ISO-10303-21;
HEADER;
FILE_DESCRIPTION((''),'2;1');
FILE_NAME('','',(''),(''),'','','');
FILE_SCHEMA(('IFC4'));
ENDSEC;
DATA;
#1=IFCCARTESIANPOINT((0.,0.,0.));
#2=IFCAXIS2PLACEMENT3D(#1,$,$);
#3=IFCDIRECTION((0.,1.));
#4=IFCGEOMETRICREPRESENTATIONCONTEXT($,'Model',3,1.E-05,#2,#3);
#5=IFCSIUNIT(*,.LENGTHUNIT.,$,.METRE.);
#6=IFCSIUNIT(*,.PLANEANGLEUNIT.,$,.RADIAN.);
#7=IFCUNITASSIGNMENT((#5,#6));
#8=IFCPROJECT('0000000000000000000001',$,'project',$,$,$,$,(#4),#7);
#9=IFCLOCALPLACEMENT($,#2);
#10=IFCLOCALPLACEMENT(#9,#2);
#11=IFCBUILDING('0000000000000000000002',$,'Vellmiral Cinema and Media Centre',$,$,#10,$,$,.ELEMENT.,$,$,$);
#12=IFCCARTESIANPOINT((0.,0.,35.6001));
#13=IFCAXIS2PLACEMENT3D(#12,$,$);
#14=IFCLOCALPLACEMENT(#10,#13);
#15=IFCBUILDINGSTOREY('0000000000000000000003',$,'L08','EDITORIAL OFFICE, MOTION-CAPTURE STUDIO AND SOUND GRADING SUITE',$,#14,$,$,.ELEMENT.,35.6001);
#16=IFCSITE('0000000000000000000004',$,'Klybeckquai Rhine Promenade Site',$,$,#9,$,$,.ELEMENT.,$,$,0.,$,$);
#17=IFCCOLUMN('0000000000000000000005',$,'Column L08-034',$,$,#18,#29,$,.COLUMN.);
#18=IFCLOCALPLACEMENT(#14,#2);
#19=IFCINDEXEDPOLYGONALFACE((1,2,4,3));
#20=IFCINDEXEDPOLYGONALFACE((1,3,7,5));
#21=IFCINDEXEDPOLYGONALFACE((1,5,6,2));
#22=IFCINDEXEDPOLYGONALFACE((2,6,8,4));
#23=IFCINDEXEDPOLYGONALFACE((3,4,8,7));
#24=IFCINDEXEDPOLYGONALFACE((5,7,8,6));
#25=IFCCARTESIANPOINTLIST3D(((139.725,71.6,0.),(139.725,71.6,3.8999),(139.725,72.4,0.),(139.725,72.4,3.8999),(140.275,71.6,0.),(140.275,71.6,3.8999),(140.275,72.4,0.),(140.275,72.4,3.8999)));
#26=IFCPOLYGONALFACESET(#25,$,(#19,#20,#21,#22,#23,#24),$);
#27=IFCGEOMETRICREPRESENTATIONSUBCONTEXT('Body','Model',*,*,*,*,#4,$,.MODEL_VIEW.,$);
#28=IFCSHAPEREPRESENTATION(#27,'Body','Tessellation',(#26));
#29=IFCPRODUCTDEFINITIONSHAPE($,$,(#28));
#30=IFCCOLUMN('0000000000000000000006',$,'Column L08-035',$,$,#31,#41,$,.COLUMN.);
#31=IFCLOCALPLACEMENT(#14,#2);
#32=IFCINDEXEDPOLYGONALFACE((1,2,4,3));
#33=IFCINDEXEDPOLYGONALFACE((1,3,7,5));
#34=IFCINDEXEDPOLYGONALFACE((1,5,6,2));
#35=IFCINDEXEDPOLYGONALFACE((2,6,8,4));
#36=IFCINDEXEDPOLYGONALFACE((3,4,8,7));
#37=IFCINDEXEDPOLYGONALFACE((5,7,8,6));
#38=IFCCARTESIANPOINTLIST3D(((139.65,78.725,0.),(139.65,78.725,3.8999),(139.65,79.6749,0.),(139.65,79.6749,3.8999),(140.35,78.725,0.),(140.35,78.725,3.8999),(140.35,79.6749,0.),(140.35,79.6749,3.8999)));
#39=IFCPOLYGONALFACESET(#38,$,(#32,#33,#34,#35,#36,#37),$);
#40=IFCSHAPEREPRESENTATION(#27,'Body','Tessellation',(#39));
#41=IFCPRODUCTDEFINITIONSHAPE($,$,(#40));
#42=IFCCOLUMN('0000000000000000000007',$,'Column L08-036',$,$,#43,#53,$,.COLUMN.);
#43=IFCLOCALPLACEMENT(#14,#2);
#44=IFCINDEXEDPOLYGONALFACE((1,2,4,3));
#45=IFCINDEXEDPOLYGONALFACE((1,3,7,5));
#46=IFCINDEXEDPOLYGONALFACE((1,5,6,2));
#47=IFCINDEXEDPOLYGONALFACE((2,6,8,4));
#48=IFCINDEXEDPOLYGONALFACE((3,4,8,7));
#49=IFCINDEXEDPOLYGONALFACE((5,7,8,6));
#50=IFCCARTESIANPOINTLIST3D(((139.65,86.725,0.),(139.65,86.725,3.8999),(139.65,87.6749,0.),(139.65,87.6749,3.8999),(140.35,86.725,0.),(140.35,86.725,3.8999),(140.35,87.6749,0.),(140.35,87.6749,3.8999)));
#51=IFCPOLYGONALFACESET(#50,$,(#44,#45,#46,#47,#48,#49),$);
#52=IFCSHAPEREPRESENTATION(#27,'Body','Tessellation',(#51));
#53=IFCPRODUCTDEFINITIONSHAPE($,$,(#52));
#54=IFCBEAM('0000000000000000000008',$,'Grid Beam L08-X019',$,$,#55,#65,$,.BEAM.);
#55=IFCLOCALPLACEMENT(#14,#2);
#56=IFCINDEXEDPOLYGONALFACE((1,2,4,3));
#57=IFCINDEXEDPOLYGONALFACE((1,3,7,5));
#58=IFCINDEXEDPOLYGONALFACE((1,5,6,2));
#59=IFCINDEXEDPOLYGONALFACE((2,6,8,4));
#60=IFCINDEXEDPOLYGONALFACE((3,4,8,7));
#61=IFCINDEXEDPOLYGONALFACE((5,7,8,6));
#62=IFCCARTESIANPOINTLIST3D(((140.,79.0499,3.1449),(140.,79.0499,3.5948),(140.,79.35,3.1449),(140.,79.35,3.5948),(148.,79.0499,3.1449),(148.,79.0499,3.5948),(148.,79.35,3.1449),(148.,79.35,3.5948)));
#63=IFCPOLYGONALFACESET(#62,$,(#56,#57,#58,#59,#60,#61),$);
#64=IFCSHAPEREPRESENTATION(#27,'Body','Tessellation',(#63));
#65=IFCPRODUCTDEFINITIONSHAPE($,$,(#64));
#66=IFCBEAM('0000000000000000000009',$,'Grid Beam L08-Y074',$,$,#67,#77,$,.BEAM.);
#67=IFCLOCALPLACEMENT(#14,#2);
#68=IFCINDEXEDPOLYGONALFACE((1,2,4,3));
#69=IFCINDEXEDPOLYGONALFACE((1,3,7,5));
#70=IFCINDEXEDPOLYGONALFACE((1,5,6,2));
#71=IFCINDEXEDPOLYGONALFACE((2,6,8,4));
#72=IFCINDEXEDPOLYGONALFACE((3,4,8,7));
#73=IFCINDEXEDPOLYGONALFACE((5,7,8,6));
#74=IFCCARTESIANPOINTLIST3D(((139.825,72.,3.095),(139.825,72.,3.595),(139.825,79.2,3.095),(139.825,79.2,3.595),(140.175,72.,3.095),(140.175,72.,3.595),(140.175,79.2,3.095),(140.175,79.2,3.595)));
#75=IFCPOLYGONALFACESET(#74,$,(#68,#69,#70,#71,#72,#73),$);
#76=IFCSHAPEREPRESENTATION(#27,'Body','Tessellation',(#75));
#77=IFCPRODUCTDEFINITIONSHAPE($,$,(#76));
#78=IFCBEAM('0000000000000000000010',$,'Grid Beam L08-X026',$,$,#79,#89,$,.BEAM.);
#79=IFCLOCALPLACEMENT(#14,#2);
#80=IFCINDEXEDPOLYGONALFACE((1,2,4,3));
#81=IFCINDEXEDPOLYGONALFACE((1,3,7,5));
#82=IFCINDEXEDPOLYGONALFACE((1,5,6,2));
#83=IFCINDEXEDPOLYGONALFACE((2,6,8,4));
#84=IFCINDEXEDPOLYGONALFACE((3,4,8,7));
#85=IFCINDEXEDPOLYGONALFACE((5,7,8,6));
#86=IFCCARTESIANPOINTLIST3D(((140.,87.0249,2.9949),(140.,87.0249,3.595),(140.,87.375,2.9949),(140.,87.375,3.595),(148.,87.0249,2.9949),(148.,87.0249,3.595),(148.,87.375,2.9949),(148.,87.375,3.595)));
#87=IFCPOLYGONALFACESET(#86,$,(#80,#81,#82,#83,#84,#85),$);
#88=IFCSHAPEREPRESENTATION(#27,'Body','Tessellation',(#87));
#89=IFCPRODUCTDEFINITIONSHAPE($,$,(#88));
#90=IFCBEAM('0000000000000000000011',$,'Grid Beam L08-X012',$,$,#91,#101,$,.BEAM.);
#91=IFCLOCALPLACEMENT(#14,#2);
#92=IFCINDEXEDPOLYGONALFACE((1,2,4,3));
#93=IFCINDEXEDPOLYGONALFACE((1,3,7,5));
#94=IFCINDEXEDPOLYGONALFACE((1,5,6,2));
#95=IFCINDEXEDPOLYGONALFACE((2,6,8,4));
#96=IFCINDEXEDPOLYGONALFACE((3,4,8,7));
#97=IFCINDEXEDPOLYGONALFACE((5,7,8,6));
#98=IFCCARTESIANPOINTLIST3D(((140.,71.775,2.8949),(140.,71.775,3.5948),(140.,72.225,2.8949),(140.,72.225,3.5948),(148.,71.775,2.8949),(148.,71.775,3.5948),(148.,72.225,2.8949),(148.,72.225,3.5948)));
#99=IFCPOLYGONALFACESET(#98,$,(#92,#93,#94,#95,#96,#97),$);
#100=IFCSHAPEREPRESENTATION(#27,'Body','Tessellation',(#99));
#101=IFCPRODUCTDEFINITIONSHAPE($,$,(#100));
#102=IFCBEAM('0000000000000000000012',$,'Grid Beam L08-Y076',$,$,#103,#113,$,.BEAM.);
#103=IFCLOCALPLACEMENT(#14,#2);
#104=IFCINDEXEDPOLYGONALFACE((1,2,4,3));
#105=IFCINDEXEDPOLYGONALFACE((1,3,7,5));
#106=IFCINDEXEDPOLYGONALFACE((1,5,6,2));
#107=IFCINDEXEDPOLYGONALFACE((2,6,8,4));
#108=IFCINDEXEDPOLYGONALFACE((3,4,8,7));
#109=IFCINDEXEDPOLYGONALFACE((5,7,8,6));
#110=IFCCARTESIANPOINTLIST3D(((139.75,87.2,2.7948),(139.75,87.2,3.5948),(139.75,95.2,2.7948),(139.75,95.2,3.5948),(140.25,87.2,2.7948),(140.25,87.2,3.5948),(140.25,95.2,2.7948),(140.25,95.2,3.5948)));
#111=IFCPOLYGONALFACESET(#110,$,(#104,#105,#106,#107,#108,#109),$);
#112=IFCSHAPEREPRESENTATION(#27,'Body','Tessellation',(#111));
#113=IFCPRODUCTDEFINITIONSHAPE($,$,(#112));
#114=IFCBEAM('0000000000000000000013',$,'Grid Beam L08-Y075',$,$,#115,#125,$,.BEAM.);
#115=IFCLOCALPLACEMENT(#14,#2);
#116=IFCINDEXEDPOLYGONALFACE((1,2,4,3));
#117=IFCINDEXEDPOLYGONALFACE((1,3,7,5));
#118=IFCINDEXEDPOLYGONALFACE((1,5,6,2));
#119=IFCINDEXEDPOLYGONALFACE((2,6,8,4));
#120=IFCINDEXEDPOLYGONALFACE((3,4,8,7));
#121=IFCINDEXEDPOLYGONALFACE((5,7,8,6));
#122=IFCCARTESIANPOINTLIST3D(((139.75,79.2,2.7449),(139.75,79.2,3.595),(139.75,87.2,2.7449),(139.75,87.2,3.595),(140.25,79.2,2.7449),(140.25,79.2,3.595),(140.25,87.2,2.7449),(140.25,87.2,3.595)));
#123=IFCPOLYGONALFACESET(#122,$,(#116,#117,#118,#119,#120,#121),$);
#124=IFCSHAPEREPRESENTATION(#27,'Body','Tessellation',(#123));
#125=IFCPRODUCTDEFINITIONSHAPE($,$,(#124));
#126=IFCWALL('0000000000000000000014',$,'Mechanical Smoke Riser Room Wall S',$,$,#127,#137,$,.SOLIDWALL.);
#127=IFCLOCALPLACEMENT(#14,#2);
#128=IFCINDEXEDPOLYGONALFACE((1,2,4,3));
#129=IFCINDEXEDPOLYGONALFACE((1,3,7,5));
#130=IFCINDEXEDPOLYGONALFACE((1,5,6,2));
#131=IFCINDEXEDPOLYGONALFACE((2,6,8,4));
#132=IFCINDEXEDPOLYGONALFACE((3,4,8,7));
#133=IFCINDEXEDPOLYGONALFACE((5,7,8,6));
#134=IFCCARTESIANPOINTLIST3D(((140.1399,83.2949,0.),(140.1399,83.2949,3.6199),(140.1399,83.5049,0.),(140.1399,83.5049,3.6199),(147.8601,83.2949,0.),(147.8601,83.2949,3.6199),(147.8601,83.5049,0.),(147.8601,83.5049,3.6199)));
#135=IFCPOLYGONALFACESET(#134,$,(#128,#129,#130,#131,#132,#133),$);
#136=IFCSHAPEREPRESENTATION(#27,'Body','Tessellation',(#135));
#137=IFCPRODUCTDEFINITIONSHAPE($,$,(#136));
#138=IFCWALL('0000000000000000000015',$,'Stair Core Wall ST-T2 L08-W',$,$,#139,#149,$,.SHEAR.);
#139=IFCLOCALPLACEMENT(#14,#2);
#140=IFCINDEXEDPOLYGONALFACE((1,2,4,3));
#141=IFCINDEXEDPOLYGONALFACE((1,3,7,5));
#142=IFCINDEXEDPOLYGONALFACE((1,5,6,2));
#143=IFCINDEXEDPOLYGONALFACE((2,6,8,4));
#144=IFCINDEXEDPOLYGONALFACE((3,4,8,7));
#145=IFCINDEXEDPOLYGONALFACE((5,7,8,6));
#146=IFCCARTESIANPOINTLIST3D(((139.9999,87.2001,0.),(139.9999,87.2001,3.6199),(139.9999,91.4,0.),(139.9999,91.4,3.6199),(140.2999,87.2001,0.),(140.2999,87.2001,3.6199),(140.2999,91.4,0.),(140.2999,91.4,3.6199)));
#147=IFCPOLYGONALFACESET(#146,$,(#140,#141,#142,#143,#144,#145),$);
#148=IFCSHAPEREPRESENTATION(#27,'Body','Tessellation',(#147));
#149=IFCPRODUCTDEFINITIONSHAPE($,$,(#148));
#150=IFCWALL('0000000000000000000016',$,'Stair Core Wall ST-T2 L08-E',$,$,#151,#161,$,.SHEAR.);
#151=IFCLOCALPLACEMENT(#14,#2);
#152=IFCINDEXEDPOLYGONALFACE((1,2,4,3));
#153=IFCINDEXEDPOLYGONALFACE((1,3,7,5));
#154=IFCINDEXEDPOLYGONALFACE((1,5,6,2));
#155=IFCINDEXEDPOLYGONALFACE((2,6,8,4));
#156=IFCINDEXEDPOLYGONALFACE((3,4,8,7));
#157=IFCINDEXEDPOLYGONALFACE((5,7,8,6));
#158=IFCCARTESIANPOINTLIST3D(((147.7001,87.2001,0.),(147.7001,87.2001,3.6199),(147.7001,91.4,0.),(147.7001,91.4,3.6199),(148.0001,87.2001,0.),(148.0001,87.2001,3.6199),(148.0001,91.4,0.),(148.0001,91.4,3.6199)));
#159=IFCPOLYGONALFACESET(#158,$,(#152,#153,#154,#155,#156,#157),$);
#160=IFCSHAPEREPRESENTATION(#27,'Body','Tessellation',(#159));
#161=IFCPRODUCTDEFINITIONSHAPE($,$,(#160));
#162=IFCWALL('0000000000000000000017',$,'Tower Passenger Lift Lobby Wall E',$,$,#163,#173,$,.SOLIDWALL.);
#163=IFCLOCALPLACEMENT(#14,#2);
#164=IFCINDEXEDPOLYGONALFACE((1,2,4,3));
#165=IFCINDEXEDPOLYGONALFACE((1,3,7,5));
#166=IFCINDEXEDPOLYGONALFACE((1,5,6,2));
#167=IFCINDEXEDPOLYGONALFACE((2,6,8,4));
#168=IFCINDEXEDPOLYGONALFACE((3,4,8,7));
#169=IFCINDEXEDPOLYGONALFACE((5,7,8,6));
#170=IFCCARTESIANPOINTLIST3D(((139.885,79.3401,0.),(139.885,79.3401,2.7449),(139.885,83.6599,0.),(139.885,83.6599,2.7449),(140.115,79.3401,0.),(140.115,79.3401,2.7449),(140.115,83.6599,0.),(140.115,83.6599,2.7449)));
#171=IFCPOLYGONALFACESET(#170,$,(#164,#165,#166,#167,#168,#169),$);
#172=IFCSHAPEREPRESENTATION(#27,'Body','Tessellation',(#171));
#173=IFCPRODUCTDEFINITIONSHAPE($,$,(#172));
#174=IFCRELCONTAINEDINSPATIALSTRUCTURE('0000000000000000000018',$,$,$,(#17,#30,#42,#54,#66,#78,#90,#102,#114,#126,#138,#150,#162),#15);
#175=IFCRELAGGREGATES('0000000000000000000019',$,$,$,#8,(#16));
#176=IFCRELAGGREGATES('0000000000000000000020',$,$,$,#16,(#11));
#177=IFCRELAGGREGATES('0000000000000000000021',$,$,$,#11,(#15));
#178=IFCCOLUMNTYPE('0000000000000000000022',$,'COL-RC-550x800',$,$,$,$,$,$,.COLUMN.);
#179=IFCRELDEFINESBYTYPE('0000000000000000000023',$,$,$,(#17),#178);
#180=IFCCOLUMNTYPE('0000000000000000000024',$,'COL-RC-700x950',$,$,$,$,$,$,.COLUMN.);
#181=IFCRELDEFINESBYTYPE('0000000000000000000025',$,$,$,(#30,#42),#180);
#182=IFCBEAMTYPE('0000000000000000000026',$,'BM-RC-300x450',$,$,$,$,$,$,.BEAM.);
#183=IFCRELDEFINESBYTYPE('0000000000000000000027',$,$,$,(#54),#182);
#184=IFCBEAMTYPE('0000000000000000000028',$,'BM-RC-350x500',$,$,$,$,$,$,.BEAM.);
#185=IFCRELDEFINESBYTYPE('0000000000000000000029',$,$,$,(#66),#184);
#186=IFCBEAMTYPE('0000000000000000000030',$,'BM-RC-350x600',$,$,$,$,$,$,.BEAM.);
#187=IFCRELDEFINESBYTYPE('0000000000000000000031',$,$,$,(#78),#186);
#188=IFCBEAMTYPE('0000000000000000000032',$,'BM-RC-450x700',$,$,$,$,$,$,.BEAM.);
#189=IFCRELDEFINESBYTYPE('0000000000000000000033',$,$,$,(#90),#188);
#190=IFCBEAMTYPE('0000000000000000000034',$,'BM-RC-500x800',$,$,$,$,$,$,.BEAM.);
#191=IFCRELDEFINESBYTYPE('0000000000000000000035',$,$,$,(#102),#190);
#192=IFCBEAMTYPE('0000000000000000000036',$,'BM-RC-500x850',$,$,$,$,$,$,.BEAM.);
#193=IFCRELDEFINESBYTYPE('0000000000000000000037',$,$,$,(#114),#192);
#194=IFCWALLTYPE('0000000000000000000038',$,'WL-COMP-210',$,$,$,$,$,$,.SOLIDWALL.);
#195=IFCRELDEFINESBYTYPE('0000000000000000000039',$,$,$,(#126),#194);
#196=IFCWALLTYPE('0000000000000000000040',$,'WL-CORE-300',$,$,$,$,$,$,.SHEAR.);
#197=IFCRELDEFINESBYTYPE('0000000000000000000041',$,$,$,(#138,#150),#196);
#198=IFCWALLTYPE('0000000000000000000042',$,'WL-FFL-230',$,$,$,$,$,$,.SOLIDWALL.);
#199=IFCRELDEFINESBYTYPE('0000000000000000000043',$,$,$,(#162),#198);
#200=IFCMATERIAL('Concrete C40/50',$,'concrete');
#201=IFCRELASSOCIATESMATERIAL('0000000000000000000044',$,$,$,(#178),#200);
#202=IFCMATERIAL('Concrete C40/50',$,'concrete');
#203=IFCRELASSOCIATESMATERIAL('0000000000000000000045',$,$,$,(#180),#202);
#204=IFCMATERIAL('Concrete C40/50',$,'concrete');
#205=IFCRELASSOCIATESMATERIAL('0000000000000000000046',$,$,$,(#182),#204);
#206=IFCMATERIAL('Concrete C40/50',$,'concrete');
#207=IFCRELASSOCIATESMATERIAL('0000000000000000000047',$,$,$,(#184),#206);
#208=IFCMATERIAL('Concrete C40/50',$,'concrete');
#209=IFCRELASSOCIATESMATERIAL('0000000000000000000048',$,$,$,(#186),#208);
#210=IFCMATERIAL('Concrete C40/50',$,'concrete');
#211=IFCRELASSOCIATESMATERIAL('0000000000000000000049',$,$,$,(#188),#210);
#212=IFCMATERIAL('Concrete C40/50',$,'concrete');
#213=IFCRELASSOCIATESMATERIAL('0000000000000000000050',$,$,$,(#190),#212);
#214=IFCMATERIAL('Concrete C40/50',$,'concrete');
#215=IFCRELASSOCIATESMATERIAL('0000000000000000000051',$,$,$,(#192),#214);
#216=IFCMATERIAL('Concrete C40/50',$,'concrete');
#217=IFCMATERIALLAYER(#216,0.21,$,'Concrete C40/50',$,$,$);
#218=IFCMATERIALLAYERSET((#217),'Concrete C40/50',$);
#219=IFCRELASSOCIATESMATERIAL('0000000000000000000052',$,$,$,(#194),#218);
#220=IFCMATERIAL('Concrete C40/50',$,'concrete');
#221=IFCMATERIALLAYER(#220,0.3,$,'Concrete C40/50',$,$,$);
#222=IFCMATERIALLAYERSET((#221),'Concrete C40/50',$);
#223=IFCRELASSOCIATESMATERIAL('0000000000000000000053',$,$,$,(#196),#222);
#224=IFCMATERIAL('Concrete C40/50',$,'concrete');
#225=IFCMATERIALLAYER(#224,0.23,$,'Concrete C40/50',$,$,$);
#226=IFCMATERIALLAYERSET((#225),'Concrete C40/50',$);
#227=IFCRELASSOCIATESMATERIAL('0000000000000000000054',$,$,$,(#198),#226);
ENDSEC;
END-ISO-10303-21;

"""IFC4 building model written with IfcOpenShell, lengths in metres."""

from ifc_helpers import new_model, si_unit, direction, frame, frame_2d, origin, origin_2d, place, context, subcontext, project, spatial, rectangle, extrude, material, layer, layer_set, material_profile, profile_set, type_object, element, save


model = new_model("IFC4")

# Units and contexts
model_context = context("Model", 3, precision=1e-05, world=origin(), true_north=direction((0.0, 1.0)))
body_context = subcontext(model_context, "Body", "Model", "MODEL_VIEW")
ifc_project = project(units=[si_unit("LENGTHUNIT", "METRE"), si_unit("PLANEANGLEUNIT", "RADIAN")], contexts=[model_context])

# Site, building, storey
site_placement = place(None, origin())
site = spatial("IfcSite", under=ifc_project, at=site_placement, Name="Klybeckquai Rhine Promenade Site", CompositionType="ELEMENT", RefElevation=0.0)
building_placement = place(site_placement, origin())
building = spatial("IfcBuilding", under=site, at=building_placement, Name="Vellmiral Cinema and Media Centre", CompositionType="ELEMENT")
storey_placement = place(building_placement, frame((0.0, 0.0, 35.6001)))
storey = spatial("IfcBuildingStorey", under=building, at=storey_placement, Name="L08", Description="EDITORIAL OFFICE, MOTION-CAPTURE STUDIO AND SOUND GRADING SUITE", CompositionType="ELEMENT", Elevation=35.6001)

# Columns
ifc_material_1 = material(Name="Concrete C40/50", Category="concrete")
ifc_material_profile_1 = material_profile(ifc_material_1, rectangle(XDim=0.55, YDim=0.8, at=origin_2d()), Name="RC 550x800")
ifc_profile_set_1 = profile_set([ifc_material_profile_1], Name="Concrete C40/50")
column_type_1 = type_object("IfcColumnType", Name="COL-RC-550x800", PredefinedType="COLUMN", material=ifc_profile_set_1)
column_placement = place(storey_placement, frame((140.0, 72.0, 0.0), z_axis=(0.0, 0.0, 1.0), x_axis=(1.0, 0.0, 0.0)))
element("IfcColumn", 1, at=column_placement, inside=storey, type_object=column_type_1, Name="Column L08-034", PredefinedType="COLUMN", context=body_context, shape_type="SweptSolid", body=[
    extrude(rectangle(XDim=0.55, YDim=0.8, at=origin_2d()), origin(), (0.0, 0.0, 1.0), 3.8999),
])
ifc_material_2 = material(Name="Concrete C40/50", Category="concrete")
ifc_material_profile_2 = material_profile(ifc_material_2, rectangle(XDim=0.7, YDim=0.95, at=origin_2d()), Name="RC 700x950")
ifc_profile_set_2 = profile_set([ifc_material_profile_2], Name="Concrete C40/50")
column_type_2 = type_object("IfcColumnType", Name="COL-RC-700x950", PredefinedType="COLUMN", material=ifc_profile_set_2)
for number, where, z_axis, x_axis, name in (
    (2, (140.0, 79.2, 0.0), (0.0, 0.0, 1.0), (1.0, 0.0, 0.0), "Column L08-035"),
    (3, (140.0, 87.2, 0.0), (0.0, 0.0, 1.0), (1.0, 0.0, 0.0), "Column L08-036"),
):
    element("IfcColumn", number, at=place(storey_placement, frame(where, z_axis=z_axis, x_axis=x_axis)), inside=storey, type_object=column_type_2, Name=name, PredefinedType="COLUMN", context=body_context, shape_type="SweptSolid", body=[
        extrude(rectangle(XDim=0.7, YDim=0.95, at=origin_2d()), origin(), (0.0, 0.0, 1.0), 3.8999),
    ])

# Beams
ifc_material_3 = material(Name="Concrete C40/50", Category="concrete")
ifc_material_profile_3 = material_profile(ifc_material_3, rectangle(XDim=0.3, YDim=0.45, at=origin_2d()), Name="RC 300x450")
ifc_profile_set_3 = profile_set([ifc_material_profile_3], Name="Concrete C40/50")
beam_type_1 = type_object("IfcBeamType", Name="BM-RC-300x450", PredefinedType="BEAM", material=ifc_profile_set_3)
beam_1_placement = place(storey_placement, frame((140.0, 79.2, 3.3699), z_axis=(1.0, 0.0, 0.0), x_axis=(0.0, 1.0, 0.0)))
element("IfcBeam", 4, at=beam_1_placement, inside=storey, type_object=beam_type_1, Name="Grid Beam L08-X019", PredefinedType="BEAM", context=body_context, shape_type="SweptSolid", body=[
    extrude(rectangle(XDim=0.3, YDim=0.45, at=origin_2d()), origin(), (0.0, 0.0, 1.0), 8.0),
])
ifc_material_4 = material(Name="Concrete C40/50", Category="concrete")
ifc_material_profile_4 = material_profile(ifc_material_4, rectangle(XDim=0.3501, YDim=0.5, at=origin_2d()), Name="RC 350x500")
ifc_profile_set_4 = profile_set([ifc_material_profile_4], Name="Concrete C40/50")
beam_type_2 = type_object("IfcBeamType", Name="BM-RC-350x500", PredefinedType="BEAM", material=ifc_profile_set_4)
beam_2_placement = place(storey_placement, frame((140.0, 72.0, 3.345), z_axis=(0.0, 1.0, 0.0), x_axis=(-1.0, 0.0, 0.0)))
element("IfcBeam", 5, at=beam_2_placement, inside=storey, type_object=beam_type_2, Name="Grid Beam L08-Y074", PredefinedType="BEAM", context=body_context, shape_type="SweptSolid", body=[
    extrude(rectangle(XDim=0.3501, YDim=0.5, at=origin_2d()), origin(), (0.0, 0.0, 1.0), 7.2),
])
ifc_material_5 = material(Name="Concrete C40/50", Category="concrete")
ifc_material_profile_5 = material_profile(ifc_material_5, rectangle(XDim=0.3501, YDim=0.6001, at=origin_2d()), Name="RC 350x600")
ifc_profile_set_5 = profile_set([ifc_material_profile_5], Name="Concrete C40/50")
beam_type_3 = type_object("IfcBeamType", Name="BM-RC-350x600", PredefinedType="BEAM", material=ifc_profile_set_5)
beam_3_placement = place(storey_placement, frame((140.0, 87.2, 3.2949), z_axis=(1.0, 0.0, 0.0), x_axis=(0.0, 1.0, 0.0)))
element("IfcBeam", 6, at=beam_3_placement, inside=storey, type_object=beam_type_3, Name="Grid Beam L08-X026", PredefinedType="BEAM", context=body_context, shape_type="SweptSolid", body=[
    extrude(rectangle(XDim=0.3501, YDim=0.6001, at=origin_2d()), origin(), (0.0, 0.0, 1.0), 8.0),
])
ifc_material_6 = material(Name="Concrete C40/50", Category="concrete")
ifc_material_profile_6 = material_profile(ifc_material_6, rectangle(XDim=0.45, YDim=0.7, at=origin_2d()), Name="RC 450x700")
ifc_profile_set_6 = profile_set([ifc_material_profile_6], Name="Concrete C40/50")
beam_type_4 = type_object("IfcBeamType", Name="BM-RC-450x700", PredefinedType="BEAM", material=ifc_profile_set_6)
beam_4_placement = place(storey_placement, frame((140.0, 72.0, 3.2449), z_axis=(1.0, 0.0, 0.0), x_axis=(0.0, 1.0, 0.0)))
element("IfcBeam", 7, at=beam_4_placement, inside=storey, type_object=beam_type_4, Name="Grid Beam L08-X012", PredefinedType="BEAM", context=body_context, shape_type="SweptSolid", body=[
    extrude(rectangle(XDim=0.45, YDim=0.7, at=origin_2d()), origin(), (0.0, 0.0, 1.0), 8.0),
])
ifc_material_7 = material(Name="Concrete C40/50", Category="concrete")
ifc_material_profile_7 = material_profile(ifc_material_7, rectangle(XDim=0.5, YDim=0.8, at=origin_2d()), Name="RC 500x800")
ifc_profile_set_7 = profile_set([ifc_material_profile_7], Name="Concrete C40/50")
beam_type_5 = type_object("IfcBeamType", Name="BM-RC-500x800", PredefinedType="BEAM", material=ifc_profile_set_7)
beam_5_placement = place(storey_placement, frame((140.0, 87.2, 3.1948), z_axis=(0.0, 1.0, 0.0), x_axis=(-1.0, 0.0, 0.0)))
element("IfcBeam", 8, at=beam_5_placement, inside=storey, type_object=beam_type_5, Name="Grid Beam L08-Y076", PredefinedType="BEAM", context=body_context, shape_type="SweptSolid", body=[
    extrude(rectangle(XDim=0.5, YDim=0.8, at=origin_2d()), origin(), (0.0, 0.0, 1.0), 8.0),
])
ifc_material_8 = material(Name="Concrete C40/50", Category="concrete")
ifc_material_profile_8 = material_profile(ifc_material_8, rectangle(XDim=0.5, YDim=0.8501, at=origin_2d()), Name="RC 500x850")
ifc_profile_set_8 = profile_set([ifc_material_profile_8], Name="Concrete C40/50")
beam_type_6 = type_object("IfcBeamType", Name="BM-RC-500x850", PredefinedType="BEAM", material=ifc_profile_set_8)
beam_6_placement = place(storey_placement, frame((140.0, 79.2, 3.1699), z_axis=(0.0, 1.0, 0.0), x_axis=(-1.0, 0.0, 0.0)))
element("IfcBeam", 9, at=beam_6_placement, inside=storey, type_object=beam_type_6, Name="Grid Beam L08-Y075", PredefinedType="BEAM", context=body_context, shape_type="SweptSolid", body=[
    extrude(rectangle(XDim=0.5, YDim=0.8501, at=origin_2d()), origin(), (0.0, 0.0, 1.0), 8.0),
])

# Walls
ifc_material_9 = material(Name="Concrete C40/50", Category="concrete")
ifc_layer_1 = layer(ifc_material_9, 0.21, Name="Concrete C40/50")
ifc_layer_set_1 = layer_set([ifc_layer_1], Name="Concrete C40/50")
wall_type_1 = type_object("IfcWallType", Name="WL-COMP-210", PredefinedType="SOLIDWALL", material=ifc_layer_set_1)
wall_1_placement = place(storey_placement, frame((140.1399, 83.3999, 0.0), z_axis=(0.0, 0.0, 1.0), x_axis=(1.0, 0.0, 0.0)))
element("IfcWall", 10, at=wall_1_placement, inside=storey, type_object=wall_type_1, Name="Mechanical Smoke Riser Room Wall S", PredefinedType="SOLIDWALL", context=body_context, shape_type="SweptSolid", body=[
    extrude(rectangle(XDim=7.7202, YDim=0.21, at=frame_2d((3.8601, 0.0))), origin(), (0.0, 0.0, 1.0), 3.6199),
])
ifc_material_10 = material(Name="Concrete C40/50", Category="concrete")
ifc_layer_2 = layer(ifc_material_10, 0.3, Name="Concrete C40/50")
ifc_layer_set_2 = layer_set([ifc_layer_2], Name="Concrete C40/50")
wall_type_2 = type_object("IfcWallType", Name="WL-CORE-300", PredefinedType="SHEAR", material=ifc_layer_set_2)
for number, where, z_axis, x_axis, name in (
    (11, (140.1499, 87.2, 0.0), (0.0, 0.0, 1.0), (0.0, 1.0, 0.0), "Stair Core Wall ST-T2 L08-W"),
    (12, (147.8501, 87.2, 0.0), (0.0, 0.0, 1.0), (0.0, 1.0, 0.0), "Stair Core Wall ST-T2 L08-E"),
):
    element("IfcWall", number, at=place(storey_placement, frame(where, z_axis=z_axis, x_axis=x_axis)), inside=storey, type_object=wall_type_2, Name=name, PredefinedType="SHEAR", context=body_context, shape_type="SweptSolid", body=[
        extrude(rectangle(XDim=4.2, YDim=0.3, at=frame_2d((2.1001, 0.0))), origin(), (0.0, 0.0, 1.0), 3.6199),
    ])
ifc_material_11 = material(Name="Concrete C40/50", Category="concrete")
ifc_layer_3 = layer(ifc_material_11, 0.23, Name="Concrete C40/50")
ifc_layer_set_3 = layer_set([ifc_layer_3], Name="Concrete C40/50")
wall_type_3 = type_object("IfcWallType", Name="WL-FFL-230", PredefinedType="SOLIDWALL", material=ifc_layer_set_3)
wall_2_placement = place(storey_placement, frame((140.0, 79.3401, 0.0), z_axis=(0.0, 0.0, 1.0), x_axis=(0.0, 1.0, 0.0)))
element("IfcWall", 13, at=wall_2_placement, inside=storey, type_object=wall_type_3, Name="Tower Passenger Lift Lobby Wall E", PredefinedType="SOLIDWALL", context=body_context, shape_type="SweptSolid", body=[
    extrude(rectangle(XDim=4.3198, YDim=0.23, at=frame_2d((2.1599, 0.0))), origin(), (0.0, 0.0, 1.0), 2.7449),
])

save(model, "model.ifc")
